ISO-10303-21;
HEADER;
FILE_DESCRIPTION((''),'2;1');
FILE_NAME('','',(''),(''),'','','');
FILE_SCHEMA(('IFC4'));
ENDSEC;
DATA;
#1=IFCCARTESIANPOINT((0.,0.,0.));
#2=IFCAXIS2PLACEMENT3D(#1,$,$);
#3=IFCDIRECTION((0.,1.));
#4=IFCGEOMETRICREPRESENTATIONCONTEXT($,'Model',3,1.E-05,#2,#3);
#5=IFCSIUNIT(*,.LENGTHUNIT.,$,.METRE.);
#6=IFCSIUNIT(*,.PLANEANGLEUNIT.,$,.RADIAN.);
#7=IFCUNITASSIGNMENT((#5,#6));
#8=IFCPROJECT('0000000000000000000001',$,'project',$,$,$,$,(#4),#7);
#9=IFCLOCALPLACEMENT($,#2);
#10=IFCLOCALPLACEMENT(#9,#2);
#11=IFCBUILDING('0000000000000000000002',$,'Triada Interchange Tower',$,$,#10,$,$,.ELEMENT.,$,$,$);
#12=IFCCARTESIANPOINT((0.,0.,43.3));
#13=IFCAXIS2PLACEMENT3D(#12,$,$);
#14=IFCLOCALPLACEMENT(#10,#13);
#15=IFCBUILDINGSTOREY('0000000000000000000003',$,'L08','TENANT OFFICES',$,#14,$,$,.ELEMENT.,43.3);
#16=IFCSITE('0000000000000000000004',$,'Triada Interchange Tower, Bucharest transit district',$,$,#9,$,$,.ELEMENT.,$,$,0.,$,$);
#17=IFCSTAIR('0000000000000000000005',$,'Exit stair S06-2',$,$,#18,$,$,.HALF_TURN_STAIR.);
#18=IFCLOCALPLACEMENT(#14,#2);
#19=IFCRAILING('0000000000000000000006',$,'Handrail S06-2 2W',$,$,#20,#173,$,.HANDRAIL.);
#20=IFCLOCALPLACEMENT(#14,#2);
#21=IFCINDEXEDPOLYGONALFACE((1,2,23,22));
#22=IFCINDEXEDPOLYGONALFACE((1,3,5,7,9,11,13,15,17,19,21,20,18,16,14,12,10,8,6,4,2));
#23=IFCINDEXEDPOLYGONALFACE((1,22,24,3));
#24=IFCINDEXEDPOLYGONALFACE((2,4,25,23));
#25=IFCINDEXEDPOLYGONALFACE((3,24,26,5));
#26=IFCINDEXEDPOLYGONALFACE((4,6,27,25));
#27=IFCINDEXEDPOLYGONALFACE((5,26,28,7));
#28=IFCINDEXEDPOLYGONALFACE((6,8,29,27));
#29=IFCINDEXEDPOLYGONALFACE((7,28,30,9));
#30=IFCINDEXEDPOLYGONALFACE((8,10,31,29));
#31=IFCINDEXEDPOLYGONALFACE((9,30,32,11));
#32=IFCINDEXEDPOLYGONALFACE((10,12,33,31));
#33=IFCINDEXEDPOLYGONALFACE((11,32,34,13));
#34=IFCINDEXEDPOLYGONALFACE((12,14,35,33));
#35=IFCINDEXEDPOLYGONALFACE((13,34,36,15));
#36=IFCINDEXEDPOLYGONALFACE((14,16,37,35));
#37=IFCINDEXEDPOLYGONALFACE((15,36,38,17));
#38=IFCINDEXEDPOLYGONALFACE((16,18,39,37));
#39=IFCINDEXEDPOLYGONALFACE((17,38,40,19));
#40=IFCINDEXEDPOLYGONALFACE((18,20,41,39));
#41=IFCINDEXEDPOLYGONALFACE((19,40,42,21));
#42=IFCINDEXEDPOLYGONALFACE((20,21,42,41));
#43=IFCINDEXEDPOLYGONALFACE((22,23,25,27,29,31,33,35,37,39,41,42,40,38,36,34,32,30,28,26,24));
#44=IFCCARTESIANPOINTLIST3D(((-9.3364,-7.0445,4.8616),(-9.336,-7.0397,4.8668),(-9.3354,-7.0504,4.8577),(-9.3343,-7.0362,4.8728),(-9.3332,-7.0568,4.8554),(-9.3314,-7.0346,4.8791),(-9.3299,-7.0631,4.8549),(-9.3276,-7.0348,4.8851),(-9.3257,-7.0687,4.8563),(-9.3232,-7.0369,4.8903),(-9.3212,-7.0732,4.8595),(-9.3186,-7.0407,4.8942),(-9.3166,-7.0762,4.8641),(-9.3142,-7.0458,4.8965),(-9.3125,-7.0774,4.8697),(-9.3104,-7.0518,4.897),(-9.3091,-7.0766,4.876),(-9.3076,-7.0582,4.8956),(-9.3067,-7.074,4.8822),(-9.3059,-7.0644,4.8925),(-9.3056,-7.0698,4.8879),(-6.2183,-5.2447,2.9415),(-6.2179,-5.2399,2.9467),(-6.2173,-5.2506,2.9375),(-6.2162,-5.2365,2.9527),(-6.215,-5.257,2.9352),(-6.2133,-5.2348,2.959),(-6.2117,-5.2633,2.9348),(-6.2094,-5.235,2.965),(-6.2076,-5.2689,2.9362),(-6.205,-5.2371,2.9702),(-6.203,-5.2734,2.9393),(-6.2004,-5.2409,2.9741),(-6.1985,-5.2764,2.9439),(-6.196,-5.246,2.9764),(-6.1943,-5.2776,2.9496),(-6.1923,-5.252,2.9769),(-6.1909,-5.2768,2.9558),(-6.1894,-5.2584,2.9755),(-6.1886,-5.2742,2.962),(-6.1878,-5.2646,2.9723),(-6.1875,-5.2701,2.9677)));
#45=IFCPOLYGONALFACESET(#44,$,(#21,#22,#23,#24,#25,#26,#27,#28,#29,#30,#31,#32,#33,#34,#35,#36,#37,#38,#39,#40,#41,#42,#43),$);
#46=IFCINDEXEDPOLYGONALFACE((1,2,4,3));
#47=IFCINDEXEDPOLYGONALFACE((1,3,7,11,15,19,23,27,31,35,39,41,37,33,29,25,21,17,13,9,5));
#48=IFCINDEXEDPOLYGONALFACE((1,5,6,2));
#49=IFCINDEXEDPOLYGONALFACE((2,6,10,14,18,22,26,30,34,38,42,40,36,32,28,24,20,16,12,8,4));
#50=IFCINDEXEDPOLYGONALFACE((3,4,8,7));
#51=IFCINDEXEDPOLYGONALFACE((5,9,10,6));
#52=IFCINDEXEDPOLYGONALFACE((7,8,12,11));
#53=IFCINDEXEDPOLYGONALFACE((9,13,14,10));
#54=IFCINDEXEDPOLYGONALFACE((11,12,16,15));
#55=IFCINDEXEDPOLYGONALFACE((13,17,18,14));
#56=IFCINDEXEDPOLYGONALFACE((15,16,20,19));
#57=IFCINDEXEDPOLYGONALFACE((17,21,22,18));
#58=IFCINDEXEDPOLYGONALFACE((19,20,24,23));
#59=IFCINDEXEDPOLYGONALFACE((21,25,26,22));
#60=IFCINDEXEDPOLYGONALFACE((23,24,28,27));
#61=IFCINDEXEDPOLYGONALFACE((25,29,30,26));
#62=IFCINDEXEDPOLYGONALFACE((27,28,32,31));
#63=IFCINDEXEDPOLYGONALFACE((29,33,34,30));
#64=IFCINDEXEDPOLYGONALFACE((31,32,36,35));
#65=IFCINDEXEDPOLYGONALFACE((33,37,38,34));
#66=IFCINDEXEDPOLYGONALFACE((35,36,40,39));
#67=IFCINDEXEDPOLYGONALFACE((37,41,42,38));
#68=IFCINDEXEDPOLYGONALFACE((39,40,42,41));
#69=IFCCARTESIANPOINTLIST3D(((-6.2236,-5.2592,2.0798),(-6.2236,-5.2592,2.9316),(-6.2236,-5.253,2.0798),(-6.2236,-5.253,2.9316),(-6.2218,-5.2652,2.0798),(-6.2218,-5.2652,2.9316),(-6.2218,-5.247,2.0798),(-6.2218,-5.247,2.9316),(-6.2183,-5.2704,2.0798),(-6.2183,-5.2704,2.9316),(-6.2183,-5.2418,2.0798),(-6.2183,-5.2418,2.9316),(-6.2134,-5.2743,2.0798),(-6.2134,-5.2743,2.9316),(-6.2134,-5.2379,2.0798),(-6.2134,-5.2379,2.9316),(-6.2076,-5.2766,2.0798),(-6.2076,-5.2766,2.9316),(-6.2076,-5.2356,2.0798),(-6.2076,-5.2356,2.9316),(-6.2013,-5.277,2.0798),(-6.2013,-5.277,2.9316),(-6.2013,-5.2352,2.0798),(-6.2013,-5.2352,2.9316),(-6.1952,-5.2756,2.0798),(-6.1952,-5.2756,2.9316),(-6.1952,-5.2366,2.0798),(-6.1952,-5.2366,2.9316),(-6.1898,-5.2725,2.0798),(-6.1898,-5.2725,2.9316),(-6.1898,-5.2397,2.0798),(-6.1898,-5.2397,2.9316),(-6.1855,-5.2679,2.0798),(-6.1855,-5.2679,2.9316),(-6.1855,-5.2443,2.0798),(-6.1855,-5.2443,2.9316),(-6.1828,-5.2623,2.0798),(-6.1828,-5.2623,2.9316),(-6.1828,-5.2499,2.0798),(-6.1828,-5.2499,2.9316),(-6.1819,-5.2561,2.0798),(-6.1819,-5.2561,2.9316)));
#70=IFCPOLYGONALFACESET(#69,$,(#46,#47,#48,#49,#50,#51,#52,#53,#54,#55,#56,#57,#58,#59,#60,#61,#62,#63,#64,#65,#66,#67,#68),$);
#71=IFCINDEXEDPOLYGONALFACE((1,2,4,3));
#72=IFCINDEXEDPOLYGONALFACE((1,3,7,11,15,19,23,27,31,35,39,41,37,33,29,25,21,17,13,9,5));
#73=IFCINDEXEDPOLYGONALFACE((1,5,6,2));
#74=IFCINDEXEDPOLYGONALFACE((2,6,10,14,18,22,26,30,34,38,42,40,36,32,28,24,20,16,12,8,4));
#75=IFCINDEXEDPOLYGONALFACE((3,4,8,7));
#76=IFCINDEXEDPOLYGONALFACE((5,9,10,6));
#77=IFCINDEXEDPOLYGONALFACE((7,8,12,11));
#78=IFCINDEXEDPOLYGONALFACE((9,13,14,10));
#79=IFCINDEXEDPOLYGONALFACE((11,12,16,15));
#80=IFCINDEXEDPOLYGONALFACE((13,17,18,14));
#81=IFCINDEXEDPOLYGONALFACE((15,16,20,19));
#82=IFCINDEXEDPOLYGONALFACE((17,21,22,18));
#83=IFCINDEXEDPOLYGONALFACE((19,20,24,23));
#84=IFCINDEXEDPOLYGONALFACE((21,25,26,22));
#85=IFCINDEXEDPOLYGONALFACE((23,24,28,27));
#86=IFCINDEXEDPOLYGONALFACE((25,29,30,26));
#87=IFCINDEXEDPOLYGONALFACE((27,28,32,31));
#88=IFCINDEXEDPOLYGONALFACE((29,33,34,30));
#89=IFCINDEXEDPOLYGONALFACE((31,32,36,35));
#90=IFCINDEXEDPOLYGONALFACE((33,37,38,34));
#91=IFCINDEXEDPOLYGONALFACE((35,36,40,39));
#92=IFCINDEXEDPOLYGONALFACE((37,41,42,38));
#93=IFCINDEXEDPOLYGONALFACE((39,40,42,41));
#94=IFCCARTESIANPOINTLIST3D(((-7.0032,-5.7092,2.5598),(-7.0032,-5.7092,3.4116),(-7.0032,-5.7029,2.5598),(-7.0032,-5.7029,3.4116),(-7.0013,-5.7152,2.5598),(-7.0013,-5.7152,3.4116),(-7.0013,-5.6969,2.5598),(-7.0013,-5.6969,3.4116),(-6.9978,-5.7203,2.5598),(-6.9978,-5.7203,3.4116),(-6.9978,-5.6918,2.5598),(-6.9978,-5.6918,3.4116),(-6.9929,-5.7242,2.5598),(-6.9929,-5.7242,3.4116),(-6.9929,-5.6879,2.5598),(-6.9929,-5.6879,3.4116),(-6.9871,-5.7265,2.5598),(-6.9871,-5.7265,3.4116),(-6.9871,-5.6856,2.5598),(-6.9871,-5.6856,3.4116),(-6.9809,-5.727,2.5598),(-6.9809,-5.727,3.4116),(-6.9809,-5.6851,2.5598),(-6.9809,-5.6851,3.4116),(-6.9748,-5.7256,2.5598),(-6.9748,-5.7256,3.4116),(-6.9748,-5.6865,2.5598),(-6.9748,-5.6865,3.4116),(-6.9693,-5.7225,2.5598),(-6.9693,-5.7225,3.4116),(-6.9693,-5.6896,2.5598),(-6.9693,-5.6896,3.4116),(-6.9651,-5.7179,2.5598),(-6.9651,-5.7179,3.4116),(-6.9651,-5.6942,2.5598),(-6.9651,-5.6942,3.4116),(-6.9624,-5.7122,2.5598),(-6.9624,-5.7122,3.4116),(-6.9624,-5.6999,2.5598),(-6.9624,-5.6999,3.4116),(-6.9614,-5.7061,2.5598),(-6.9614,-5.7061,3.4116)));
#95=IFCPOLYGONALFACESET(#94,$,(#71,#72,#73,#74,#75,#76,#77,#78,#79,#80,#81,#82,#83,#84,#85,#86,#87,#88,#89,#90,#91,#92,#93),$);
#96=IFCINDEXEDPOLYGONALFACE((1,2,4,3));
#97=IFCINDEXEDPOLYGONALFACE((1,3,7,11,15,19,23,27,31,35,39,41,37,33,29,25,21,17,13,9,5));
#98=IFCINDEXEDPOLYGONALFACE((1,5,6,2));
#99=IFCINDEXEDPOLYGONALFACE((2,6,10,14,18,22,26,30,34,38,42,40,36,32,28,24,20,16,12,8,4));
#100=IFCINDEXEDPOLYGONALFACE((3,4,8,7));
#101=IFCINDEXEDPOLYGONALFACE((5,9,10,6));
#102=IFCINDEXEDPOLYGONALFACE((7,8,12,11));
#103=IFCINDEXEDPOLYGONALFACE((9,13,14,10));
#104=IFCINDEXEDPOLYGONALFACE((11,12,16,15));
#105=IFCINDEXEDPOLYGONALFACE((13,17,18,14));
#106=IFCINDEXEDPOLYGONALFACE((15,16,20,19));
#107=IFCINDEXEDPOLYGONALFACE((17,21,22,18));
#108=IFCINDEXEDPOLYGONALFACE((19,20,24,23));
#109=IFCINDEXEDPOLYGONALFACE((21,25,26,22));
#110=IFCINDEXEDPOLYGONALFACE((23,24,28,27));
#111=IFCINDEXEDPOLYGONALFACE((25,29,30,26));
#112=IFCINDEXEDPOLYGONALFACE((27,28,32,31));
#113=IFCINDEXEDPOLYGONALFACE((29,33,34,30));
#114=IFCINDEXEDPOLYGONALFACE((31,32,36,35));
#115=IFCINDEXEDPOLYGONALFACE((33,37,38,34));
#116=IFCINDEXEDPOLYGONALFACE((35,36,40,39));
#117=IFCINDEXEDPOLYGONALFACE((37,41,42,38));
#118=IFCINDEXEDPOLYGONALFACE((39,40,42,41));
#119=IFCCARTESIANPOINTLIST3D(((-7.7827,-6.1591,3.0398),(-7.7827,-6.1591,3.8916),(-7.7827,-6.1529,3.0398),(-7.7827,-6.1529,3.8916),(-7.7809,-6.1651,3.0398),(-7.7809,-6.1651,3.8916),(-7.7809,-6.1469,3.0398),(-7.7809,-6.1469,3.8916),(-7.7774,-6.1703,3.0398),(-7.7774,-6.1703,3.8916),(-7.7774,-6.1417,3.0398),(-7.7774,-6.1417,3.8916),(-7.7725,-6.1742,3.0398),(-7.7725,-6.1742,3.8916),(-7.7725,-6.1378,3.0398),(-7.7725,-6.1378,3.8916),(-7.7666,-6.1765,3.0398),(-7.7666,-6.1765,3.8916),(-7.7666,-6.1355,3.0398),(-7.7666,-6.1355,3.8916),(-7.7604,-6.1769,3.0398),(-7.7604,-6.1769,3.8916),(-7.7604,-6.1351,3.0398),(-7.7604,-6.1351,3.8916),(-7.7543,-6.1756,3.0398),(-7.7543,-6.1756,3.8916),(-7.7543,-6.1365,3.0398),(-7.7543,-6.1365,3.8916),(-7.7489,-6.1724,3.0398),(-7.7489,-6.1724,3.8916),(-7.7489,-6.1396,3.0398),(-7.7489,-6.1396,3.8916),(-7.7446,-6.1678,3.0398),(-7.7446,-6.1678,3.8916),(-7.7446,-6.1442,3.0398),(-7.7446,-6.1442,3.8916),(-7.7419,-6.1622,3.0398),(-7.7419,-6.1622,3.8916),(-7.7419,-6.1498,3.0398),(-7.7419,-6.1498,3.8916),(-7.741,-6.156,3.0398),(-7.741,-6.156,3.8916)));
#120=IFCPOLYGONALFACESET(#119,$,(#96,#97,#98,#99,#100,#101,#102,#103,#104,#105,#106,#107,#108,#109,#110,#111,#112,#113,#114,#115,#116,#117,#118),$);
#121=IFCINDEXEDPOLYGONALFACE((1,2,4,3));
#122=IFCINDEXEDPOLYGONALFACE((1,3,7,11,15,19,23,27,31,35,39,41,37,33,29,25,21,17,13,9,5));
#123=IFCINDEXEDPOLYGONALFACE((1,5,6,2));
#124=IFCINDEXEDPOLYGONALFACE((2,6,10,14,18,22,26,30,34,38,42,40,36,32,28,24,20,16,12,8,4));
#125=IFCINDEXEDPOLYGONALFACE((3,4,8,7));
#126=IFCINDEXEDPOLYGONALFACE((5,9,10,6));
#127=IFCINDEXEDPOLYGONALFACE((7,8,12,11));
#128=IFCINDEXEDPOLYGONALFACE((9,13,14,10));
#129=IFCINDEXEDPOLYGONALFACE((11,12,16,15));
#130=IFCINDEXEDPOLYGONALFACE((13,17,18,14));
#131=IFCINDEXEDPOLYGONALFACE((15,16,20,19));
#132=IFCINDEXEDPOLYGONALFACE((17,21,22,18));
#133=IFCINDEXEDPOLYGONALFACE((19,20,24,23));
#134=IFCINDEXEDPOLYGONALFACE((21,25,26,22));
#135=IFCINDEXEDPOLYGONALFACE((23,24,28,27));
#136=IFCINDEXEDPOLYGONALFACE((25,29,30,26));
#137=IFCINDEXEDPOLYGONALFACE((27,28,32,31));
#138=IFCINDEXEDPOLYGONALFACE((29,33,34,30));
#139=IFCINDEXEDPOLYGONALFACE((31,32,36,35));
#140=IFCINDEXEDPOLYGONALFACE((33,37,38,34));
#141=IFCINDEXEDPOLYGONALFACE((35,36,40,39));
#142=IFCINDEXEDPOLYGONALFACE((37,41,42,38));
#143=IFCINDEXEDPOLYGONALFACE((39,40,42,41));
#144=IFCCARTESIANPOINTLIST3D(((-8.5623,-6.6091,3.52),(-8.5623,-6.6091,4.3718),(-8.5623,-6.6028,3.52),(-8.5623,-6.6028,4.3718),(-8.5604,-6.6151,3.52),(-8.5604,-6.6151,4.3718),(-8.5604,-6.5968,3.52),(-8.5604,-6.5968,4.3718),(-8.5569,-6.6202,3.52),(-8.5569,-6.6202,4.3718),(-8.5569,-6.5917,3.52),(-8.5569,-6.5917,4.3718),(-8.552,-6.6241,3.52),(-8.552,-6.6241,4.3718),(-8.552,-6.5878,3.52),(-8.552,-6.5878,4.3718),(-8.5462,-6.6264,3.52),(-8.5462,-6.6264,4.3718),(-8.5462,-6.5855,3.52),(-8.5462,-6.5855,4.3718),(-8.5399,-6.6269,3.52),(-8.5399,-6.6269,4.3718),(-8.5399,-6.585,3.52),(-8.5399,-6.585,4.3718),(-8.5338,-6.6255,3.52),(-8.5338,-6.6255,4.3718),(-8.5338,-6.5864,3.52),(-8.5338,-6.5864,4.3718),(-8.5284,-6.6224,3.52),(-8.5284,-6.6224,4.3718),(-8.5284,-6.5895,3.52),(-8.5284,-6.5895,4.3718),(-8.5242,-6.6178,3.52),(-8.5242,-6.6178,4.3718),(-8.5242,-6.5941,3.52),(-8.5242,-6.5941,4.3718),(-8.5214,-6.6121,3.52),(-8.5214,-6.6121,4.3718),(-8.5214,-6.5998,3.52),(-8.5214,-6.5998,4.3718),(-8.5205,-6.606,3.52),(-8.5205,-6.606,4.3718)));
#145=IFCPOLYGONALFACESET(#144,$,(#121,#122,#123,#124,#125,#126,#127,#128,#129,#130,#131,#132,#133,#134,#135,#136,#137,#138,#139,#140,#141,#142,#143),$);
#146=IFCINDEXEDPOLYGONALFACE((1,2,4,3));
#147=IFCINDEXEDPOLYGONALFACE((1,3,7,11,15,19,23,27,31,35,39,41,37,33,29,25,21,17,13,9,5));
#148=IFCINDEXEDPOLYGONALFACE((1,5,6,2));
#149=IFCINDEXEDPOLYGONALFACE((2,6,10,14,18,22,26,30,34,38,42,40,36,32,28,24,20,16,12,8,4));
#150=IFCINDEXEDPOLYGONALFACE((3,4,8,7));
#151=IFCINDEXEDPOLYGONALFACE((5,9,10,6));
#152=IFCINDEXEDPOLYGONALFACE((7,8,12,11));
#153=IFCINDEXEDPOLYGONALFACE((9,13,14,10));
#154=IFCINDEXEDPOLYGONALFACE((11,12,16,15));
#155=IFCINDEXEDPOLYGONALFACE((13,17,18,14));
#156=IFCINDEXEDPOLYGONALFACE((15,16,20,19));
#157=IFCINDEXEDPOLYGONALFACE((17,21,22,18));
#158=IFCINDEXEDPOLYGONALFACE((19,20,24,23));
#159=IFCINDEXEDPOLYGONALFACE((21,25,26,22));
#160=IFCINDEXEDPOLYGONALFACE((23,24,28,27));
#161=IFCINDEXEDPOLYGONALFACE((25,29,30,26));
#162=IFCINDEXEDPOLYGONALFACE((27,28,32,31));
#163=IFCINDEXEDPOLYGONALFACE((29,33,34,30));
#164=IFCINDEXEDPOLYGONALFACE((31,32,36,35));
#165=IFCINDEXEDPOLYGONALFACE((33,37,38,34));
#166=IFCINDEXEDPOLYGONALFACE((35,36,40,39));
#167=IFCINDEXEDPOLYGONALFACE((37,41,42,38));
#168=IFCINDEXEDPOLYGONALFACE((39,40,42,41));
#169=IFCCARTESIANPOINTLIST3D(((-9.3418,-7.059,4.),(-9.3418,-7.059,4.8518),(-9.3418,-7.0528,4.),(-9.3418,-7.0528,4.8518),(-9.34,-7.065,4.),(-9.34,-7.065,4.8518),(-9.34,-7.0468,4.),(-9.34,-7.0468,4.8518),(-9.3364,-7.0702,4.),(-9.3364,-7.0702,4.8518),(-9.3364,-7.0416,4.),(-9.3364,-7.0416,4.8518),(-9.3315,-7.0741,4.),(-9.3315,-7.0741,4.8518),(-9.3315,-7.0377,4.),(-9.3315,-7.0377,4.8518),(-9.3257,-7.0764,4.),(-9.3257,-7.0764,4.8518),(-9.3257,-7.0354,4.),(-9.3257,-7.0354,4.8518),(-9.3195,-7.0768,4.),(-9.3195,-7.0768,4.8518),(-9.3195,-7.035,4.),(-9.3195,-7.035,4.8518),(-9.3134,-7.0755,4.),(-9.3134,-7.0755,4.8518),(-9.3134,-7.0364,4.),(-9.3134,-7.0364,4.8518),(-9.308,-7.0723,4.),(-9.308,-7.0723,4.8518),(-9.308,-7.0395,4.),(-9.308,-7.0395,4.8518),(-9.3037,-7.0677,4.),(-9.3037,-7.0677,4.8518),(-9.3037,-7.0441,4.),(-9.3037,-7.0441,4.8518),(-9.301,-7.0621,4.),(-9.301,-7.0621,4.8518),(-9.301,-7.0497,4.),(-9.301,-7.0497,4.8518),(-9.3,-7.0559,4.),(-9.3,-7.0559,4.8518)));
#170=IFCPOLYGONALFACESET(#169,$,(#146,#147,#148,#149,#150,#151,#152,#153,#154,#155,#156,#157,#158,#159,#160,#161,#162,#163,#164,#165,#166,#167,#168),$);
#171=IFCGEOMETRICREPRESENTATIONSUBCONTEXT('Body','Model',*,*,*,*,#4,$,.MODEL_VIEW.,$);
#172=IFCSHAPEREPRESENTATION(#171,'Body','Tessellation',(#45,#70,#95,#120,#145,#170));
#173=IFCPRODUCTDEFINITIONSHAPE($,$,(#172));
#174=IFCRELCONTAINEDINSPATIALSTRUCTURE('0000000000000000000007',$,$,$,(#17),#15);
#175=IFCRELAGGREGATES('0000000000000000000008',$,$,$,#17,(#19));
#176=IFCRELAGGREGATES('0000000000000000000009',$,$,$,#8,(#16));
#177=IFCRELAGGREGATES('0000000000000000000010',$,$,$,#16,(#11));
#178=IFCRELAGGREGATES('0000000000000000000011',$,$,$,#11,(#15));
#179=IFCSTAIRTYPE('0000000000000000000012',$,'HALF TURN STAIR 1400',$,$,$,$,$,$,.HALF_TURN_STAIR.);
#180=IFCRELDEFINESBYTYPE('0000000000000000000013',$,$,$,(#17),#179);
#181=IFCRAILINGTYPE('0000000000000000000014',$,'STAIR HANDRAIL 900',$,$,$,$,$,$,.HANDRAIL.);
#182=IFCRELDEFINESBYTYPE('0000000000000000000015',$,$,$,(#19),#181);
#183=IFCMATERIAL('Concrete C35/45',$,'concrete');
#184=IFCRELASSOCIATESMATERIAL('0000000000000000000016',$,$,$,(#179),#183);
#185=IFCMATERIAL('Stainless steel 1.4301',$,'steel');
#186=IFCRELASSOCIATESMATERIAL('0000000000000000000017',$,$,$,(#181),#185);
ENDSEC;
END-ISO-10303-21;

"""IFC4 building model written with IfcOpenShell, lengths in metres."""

from ifc_helpers import new_model, si_unit, direction, frame, origin, origin_2d, place, context, subcontext, project, spatial, circle, extrude, material, type_object, element, aggregate, save


model = new_model("IFC4")

# Units and contexts
model_context = context("Model", 3, precision=1e-05, world=origin(), true_north=direction((0.0, 1.0)))
body_context = subcontext(model_context, "Body", "Model", "MODEL_VIEW")
ifc_project = project(units=[si_unit("LENGTHUNIT", "METRE"), si_unit("PLANEANGLEUNIT", "RADIAN")], contexts=[model_context])

# Site, building, storey
site_placement = place(None, origin())
site = spatial("IfcSite", under=ifc_project, at=site_placement, Name="Triada Interchange Tower, Bucharest transit district", CompositionType="ELEMENT", RefElevation=0.0)
building_placement = place(site_placement, origin())
building = spatial("IfcBuilding", under=site, at=building_placement, Name="Triada Interchange Tower", CompositionType="ELEMENT")
storey_placement = place(building_placement, frame((0.0, 0.0, 43.3)))
storey = spatial("IfcBuildingStorey", under=building, at=storey_placement, Name="L08", Description="TENANT OFFICES", CompositionType="ELEMENT", Elevation=43.3)

# Stair, railing
ifc_material_1 = material(Name="Concrete C35/45", Category="concrete")
stair_type = type_object("IfcStairType", Name="HALF TURN STAIR 1400", PredefinedType="HALF_TURN_STAIR", material=ifc_material_1)
stair_placement = place(storey_placement, origin())
stair = element("IfcStair", 1, at=stair_placement, inside=storey, type_object=stair_type, Name="Exit stair S06-2", PredefinedType="HALF_TURN_STAIR")
ifc_material_2 = material(Name="Stainless steel 1.4301", Category="steel")
railing_type = type_object("IfcRailingType", Name="STAIR HANDRAIL 900", PredefinedType="HANDRAIL", material=ifc_material_2)
railing_1_placement = place(storey_placement, frame((-6.2029, -5.2561, 2.0798)))
railing_1 = element("IfcRailing", 2, at=railing_1_placement, type_object=railing_type, Name="Handrail S06-2 2W", PredefinedType="HANDRAIL", context=body_context, shape_type="SweptSolid", body=[
    extrude(circle(Radius=0.0239, at=origin_2d()), frame((0.0, 0.0, 0.876), z_axis=(-0.76419, -0.44109, 0.470588), x_axis=(0.499902, -0.866082, 0.0)), (0.0, 0.0, 1.0), 4.0803),
    extrude(circle(Radius=0.021, at=origin_2d()), origin(), (0.0, 0.0, 1.0), 0.8518),
    extrude(circle(Radius=0.021, at=origin_2d()), frame((-0.7795, -0.45, 0.48)), (0.0, 0.0, 1.0), 0.8518),
    extrude(circle(Radius=0.021, at=origin_2d()), frame((-1.5591, -0.8999, 0.96)), (0.0, 0.0, 1.0), 0.8518),
    extrude(circle(Radius=0.021, at=origin_2d()), frame((-2.3386, -1.3499, 1.4402)), (0.0, 0.0, 1.0), 0.8518),
    extrude(circle(Radius=0.021, at=origin_2d()), frame((-3.1182, -1.7998, 1.9202)), (0.0, 0.0, 1.0), 0.8518),
])
aggregate(stair, [railing_1])

save(model, "model.ifc")
